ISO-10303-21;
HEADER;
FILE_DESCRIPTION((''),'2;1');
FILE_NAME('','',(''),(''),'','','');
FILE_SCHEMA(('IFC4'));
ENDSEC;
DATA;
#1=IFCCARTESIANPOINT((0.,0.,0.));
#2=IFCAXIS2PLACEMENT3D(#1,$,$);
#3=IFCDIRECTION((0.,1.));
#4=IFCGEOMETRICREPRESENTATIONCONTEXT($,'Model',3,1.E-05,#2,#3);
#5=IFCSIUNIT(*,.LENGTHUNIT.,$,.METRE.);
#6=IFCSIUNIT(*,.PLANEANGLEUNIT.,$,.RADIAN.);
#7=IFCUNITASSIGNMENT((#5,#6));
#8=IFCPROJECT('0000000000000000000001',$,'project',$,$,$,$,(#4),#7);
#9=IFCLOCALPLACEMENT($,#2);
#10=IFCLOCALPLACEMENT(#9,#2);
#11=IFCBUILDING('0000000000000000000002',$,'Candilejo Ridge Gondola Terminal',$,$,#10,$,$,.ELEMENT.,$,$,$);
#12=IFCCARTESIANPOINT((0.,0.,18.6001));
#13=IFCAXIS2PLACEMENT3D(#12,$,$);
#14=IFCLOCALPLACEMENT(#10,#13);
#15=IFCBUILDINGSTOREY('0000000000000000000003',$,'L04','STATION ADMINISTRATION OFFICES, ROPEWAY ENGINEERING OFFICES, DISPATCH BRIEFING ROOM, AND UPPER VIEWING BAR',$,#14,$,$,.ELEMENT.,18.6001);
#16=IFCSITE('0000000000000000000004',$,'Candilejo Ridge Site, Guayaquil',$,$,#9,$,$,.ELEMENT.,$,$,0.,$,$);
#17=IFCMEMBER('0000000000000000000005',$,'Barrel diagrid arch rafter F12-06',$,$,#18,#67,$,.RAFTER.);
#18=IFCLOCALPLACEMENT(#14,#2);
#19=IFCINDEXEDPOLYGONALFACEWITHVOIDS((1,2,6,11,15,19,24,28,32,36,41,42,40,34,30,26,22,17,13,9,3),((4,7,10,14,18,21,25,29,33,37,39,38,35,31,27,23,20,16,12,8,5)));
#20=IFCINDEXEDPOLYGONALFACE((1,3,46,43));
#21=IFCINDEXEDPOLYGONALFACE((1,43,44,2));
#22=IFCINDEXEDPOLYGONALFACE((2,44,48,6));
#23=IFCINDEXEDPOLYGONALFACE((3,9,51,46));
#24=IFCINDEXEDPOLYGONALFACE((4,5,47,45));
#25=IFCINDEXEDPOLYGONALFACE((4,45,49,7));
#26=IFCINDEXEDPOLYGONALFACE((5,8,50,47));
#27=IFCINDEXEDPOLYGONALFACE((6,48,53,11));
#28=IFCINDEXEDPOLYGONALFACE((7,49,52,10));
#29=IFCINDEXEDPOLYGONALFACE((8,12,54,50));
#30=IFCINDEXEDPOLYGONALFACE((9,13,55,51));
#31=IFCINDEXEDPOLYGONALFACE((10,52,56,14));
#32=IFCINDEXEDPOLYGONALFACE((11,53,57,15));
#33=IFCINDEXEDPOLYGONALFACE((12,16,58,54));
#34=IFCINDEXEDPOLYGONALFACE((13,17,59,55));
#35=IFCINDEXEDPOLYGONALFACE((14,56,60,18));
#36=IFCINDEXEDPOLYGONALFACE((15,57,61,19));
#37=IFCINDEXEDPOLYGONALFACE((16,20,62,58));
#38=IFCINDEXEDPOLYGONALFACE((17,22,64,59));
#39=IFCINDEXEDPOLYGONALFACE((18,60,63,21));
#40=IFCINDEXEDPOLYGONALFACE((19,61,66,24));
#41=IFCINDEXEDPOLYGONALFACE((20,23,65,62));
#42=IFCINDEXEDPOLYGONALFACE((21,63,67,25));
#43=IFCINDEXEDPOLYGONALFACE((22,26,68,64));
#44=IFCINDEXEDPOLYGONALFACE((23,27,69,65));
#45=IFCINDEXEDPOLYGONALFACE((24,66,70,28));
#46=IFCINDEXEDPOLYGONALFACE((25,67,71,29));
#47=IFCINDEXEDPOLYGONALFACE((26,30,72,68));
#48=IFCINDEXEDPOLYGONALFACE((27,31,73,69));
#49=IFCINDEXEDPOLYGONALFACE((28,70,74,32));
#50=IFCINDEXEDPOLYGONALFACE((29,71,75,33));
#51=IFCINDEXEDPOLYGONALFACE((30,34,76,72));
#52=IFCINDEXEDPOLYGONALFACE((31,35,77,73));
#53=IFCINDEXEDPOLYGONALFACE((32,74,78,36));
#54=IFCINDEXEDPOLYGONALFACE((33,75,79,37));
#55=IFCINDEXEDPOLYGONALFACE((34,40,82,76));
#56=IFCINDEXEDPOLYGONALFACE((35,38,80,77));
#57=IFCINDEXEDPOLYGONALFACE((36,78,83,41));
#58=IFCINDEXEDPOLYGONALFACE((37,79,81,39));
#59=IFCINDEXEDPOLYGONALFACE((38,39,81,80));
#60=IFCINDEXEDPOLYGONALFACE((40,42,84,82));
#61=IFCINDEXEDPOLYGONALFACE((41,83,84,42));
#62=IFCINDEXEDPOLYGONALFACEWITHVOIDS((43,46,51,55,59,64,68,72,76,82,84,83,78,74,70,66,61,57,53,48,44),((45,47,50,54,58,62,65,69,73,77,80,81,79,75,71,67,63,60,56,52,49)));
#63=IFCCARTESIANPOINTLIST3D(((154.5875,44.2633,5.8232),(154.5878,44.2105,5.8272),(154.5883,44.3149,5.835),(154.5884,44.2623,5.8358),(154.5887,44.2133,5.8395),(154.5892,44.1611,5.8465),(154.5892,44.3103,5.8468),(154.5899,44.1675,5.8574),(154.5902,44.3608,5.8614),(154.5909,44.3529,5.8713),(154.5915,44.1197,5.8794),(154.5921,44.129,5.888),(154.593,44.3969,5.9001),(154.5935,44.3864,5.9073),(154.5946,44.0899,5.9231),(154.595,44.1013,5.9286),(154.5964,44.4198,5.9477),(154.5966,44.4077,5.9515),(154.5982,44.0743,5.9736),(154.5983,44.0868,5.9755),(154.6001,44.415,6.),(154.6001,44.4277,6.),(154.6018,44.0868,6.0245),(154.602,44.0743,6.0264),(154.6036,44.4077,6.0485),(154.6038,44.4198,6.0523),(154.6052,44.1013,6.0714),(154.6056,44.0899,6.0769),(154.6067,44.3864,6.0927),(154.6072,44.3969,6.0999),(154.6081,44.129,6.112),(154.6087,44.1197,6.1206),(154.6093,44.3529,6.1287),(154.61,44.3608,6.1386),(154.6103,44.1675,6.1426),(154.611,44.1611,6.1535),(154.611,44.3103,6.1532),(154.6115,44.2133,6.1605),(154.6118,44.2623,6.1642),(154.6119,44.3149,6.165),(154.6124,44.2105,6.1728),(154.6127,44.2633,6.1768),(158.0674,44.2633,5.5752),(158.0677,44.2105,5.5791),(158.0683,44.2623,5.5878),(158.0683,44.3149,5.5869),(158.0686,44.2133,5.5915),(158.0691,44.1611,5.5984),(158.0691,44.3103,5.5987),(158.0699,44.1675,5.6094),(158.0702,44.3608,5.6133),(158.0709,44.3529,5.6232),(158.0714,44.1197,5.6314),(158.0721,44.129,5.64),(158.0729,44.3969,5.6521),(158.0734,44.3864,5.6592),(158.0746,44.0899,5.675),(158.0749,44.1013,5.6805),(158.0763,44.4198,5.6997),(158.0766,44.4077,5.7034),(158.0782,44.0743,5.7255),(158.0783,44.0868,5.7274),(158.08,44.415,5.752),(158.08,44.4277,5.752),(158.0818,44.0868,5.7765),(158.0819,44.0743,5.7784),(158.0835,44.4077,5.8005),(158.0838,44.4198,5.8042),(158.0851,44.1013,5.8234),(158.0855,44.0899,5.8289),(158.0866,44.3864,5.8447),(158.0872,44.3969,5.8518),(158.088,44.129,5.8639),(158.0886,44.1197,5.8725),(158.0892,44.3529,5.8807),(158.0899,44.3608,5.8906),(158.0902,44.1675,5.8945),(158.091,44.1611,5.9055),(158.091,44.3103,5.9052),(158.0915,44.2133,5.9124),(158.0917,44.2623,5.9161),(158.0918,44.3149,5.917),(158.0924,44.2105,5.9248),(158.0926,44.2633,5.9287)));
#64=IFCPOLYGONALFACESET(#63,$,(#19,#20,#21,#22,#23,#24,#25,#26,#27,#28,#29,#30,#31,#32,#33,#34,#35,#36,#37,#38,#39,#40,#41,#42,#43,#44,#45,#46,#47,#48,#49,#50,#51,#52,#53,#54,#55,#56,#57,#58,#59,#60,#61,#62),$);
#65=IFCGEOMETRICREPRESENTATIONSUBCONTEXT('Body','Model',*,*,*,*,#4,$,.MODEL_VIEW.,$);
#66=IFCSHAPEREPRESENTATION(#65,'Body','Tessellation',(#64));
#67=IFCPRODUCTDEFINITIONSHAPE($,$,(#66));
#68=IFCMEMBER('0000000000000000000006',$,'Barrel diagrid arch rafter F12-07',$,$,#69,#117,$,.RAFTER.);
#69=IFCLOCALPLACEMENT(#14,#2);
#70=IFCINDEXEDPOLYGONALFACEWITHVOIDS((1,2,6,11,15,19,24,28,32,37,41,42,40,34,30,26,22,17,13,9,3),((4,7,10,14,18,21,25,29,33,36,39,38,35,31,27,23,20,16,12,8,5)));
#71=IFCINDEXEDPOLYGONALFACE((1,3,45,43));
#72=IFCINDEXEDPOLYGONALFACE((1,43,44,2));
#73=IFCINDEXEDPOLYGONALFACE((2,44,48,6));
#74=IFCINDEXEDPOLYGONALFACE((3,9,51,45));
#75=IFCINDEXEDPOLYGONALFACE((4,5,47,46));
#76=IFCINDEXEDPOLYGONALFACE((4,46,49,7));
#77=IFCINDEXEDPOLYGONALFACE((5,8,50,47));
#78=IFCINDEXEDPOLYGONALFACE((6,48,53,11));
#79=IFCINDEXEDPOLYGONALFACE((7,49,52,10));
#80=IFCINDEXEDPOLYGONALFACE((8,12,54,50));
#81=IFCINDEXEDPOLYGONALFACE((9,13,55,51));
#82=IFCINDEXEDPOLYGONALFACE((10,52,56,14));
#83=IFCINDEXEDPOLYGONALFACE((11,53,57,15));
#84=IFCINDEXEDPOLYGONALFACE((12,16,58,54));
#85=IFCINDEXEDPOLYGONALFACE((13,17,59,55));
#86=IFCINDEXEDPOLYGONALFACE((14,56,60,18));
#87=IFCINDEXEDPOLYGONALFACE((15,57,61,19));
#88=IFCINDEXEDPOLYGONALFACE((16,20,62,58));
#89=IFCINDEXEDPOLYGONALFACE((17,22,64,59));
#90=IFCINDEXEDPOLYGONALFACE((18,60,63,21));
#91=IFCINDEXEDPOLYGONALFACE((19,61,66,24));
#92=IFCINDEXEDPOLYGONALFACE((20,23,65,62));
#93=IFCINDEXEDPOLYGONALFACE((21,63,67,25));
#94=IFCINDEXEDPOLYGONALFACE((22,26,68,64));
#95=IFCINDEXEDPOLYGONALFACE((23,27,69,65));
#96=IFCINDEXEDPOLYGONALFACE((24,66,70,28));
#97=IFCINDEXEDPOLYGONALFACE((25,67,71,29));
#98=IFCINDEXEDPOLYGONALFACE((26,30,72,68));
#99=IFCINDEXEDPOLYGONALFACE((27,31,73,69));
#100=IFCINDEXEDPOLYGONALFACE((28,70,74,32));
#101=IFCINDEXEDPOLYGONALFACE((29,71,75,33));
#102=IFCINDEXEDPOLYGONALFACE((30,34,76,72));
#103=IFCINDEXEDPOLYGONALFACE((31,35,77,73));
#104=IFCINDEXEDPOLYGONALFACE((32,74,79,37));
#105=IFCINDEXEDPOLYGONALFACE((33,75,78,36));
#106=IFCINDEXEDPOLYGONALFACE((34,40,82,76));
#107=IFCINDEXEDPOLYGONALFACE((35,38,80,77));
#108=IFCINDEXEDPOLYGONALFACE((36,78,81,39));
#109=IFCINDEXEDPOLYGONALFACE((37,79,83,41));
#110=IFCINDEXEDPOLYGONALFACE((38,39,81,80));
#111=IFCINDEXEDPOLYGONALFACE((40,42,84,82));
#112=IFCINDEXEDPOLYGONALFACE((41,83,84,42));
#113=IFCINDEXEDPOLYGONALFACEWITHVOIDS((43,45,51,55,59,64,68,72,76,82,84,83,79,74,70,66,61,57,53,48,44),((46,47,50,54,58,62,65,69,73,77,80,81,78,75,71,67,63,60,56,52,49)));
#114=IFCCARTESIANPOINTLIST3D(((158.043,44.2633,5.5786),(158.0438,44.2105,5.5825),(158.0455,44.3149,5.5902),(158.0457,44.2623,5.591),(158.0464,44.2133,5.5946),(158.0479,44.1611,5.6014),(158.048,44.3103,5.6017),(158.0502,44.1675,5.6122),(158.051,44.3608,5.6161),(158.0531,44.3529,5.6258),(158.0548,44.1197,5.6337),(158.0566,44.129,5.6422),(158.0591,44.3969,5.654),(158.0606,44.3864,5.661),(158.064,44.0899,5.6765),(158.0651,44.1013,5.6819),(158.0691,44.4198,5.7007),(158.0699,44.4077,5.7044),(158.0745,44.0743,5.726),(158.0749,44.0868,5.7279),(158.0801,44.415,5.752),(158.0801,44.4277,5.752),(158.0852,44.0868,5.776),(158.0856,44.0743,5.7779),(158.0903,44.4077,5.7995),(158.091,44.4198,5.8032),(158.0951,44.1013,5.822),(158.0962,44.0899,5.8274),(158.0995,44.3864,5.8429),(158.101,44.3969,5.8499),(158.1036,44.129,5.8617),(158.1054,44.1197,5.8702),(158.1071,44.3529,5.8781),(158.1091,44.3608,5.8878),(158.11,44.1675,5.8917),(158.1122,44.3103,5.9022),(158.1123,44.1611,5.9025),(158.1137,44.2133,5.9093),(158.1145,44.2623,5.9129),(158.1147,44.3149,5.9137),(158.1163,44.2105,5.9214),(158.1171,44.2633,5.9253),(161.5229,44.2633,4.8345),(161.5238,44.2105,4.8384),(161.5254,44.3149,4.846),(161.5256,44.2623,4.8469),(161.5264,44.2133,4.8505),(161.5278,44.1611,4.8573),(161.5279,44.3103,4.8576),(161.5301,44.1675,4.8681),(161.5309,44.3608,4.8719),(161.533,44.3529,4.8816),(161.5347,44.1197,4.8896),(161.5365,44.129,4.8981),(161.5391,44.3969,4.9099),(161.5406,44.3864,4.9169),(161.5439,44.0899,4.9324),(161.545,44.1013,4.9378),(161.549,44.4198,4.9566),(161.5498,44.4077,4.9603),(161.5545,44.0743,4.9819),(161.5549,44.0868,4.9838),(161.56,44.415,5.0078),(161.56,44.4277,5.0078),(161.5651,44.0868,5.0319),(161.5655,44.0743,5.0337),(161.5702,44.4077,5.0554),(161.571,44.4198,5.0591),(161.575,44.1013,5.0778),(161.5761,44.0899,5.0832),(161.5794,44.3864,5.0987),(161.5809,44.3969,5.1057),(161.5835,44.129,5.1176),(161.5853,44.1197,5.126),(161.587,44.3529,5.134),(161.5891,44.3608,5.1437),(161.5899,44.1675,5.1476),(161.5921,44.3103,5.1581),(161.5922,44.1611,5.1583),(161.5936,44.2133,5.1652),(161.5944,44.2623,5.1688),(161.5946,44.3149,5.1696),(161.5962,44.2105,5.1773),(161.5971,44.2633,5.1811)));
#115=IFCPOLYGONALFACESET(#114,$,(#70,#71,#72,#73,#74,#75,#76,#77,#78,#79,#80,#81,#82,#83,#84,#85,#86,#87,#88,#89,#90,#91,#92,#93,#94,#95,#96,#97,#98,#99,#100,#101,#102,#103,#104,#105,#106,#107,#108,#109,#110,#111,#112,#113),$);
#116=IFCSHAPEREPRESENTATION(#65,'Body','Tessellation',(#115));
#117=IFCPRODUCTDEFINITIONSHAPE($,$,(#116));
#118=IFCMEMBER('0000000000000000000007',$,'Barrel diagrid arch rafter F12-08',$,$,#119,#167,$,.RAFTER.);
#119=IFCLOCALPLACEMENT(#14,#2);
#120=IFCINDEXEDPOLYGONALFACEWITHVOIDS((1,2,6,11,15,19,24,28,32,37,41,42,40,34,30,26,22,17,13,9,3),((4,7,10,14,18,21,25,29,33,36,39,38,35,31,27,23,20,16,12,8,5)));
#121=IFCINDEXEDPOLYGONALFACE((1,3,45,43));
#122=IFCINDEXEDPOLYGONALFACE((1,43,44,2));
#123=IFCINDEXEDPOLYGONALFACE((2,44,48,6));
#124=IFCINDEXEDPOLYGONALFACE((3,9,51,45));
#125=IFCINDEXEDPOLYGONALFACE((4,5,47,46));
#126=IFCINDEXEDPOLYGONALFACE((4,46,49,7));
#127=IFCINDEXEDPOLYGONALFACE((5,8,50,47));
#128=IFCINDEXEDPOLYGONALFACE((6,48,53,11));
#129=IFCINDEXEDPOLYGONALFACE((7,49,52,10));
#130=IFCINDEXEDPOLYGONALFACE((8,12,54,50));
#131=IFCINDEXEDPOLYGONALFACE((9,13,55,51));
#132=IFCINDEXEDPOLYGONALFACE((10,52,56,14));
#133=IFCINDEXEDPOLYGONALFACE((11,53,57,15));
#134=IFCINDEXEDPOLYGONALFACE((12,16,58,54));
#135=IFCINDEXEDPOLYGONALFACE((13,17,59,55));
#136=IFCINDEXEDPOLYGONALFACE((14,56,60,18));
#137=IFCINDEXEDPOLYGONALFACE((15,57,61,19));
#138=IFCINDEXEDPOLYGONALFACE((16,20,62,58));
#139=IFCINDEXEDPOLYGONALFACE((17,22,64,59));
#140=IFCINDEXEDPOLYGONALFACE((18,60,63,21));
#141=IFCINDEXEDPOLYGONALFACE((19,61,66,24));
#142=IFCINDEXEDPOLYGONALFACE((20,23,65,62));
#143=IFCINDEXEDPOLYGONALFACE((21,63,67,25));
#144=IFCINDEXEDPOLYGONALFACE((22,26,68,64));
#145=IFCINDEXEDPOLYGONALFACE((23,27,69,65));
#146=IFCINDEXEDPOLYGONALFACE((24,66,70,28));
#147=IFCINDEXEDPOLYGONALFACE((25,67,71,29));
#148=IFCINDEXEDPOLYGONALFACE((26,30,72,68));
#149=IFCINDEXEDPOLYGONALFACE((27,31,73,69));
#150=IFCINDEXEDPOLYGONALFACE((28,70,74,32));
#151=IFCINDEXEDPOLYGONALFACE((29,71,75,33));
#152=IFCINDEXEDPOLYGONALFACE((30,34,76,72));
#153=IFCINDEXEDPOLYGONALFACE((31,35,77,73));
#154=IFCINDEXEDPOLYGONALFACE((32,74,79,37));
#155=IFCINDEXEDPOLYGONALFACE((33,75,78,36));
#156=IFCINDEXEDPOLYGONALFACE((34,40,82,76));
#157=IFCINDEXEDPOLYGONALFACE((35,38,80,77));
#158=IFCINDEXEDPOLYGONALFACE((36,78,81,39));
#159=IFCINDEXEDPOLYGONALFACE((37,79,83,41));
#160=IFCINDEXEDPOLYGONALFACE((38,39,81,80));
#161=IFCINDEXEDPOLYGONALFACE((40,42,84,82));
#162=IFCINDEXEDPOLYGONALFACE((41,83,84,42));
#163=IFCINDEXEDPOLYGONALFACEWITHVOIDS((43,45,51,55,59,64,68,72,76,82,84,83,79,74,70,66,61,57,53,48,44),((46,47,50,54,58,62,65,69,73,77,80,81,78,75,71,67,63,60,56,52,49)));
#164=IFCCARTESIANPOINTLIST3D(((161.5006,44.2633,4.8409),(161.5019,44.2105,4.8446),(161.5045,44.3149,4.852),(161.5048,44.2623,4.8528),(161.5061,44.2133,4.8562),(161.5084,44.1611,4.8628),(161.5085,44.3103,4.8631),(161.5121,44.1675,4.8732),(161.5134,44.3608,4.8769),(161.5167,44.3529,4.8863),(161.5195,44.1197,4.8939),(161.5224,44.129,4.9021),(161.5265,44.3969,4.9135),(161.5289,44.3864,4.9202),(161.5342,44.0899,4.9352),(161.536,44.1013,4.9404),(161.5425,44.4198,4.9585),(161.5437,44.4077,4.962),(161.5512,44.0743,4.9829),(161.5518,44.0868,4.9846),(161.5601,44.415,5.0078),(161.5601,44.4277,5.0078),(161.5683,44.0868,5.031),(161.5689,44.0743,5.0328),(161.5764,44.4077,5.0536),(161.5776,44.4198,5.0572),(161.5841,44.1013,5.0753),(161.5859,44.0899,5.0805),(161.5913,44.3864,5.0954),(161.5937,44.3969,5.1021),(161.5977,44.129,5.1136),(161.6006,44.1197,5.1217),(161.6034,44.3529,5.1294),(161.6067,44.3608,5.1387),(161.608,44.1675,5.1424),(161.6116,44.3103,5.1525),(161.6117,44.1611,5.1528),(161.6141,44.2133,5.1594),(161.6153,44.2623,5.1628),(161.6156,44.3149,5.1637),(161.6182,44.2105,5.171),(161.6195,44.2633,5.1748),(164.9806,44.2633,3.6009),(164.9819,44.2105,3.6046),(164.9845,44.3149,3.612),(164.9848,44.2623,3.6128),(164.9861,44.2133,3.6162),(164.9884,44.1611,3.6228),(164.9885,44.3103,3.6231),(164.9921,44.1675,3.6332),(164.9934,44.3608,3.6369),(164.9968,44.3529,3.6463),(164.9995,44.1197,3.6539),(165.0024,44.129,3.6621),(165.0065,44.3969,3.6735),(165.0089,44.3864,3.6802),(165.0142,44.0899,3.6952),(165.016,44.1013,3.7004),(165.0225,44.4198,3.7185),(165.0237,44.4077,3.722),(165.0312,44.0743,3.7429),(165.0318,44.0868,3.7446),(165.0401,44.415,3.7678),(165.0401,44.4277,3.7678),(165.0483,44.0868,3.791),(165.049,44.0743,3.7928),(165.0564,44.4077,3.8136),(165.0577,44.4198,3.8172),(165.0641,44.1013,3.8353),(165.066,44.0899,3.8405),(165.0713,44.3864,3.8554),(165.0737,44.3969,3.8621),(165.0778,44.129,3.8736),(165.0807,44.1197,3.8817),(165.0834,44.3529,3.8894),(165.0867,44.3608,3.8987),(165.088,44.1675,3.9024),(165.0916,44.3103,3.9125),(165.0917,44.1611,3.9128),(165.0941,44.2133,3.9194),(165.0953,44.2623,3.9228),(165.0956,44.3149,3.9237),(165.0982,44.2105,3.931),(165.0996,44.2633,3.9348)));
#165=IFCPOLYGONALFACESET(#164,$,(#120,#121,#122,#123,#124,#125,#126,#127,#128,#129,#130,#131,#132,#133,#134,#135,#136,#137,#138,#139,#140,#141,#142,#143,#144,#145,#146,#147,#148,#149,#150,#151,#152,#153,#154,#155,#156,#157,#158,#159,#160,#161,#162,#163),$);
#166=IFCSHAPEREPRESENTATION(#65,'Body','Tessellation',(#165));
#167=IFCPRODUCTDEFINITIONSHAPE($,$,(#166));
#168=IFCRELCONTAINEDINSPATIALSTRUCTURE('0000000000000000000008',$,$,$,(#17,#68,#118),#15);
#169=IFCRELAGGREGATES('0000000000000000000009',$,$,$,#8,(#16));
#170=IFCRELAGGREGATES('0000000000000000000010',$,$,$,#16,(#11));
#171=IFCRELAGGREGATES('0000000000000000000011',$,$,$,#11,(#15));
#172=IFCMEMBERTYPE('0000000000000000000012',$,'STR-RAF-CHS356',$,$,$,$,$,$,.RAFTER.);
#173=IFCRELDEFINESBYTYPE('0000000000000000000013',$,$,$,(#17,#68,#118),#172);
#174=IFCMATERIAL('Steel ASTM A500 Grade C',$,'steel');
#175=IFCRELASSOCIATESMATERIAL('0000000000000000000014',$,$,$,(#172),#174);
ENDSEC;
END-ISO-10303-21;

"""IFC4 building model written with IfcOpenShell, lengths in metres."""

from ifc_helpers import new_model, si_unit, direction, frame, origin, origin_2d, place, context, subcontext, project, spatial, hollow_circle, extrude, material, material_profile, profile_set, type_object, element, save


model = new_model("IFC4")

# Units and contexts
model_context = context("Model", 3, precision=1e-05, world=origin(), true_north=direction((0.0, 1.0)))
body_context = subcontext(model_context, "Body", "Model", "MODEL_VIEW")
ifc_project = project(units=[si_unit("LENGTHUNIT", "METRE"), si_unit("PLANEANGLEUNIT", "RADIAN")], contexts=[model_context])

# Site, building, storey
site_placement = place(None, origin())
site = spatial("IfcSite", under=ifc_project, at=site_placement, Name="Candilejo Ridge Site, Guayaquil", CompositionType="ELEMENT", RefElevation=0.0)
building_placement = place(site_placement, origin())
building = spatial("IfcBuilding", under=site, at=building_placement, Name="Candilejo Ridge Gondola Terminal", CompositionType="ELEMENT")
storey_placement = place(building_placement, frame((0.0, 0.0, 18.6001)))
storey = spatial("IfcBuildingStorey", under=building, at=storey_placement, Name="L04", Description="STATION ADMINISTRATION OFFICES, ROPEWAY ENGINEERING OFFICES, DISPATCH BRIEFING ROOM, AND UPPER VIEWING BAR", CompositionType="ELEMENT", Elevation=18.6001)

# Members
ifc_material_1 = material(Name="Steel ASTM A500 Grade C", Category="steel")
ifc_material_profile_1 = material_profile(ifc_material_1, hollow_circle(Radius=0.1777, WallThickness=0.0127, at=origin_2d()))
ifc_profile_set_1 = profile_set([ifc_material_profile_1], Name="Steel ASTM A500 Grade C")
member_type_1 = type_object("IfcMemberType", Name="STR-RAF-CHS356", PredefinedType="RAFTER", material=ifc_profile_set_1)
for number, where, z_axis, x_axis, name in (
    (1, (154.6001, 44.25, 6.0), (0.997469, 0.0, -0.071098), (0.0, 1.0, 0.0), "Barrel diagrid arch rafter F12-06"),
):
    element("IfcMember", number, at=place(storey_placement, frame(where, z_axis=z_axis, x_axis=x_axis)), inside=storey, type_object=member_type_1, Name=name, PredefinedType="RAFTER", context=body_context, shape_type="SweptSolid", body=[
        extrude(hollow_circle(Radius=0.1777, WallThickness=0.0127, at=origin_2d()), origin(), (0.0, 0.0, 1.0), 3.4888),
    ])
member_1_placement = place(storey_placement, frame((158.0801, 44.25, 5.752), z_axis=(0.977893, 0.0, -0.209107), x_axis=(0.0, 1.0, 0.0)))
element("IfcMember", 2, at=member_1_placement, inside=storey, type_object=member_type_1, Name="Barrel diagrid arch rafter F12-07", PredefinedType="RAFTER", context=body_context, shape_type="SweptSolid", body=[
    extrude(hollow_circle(Radius=0.1777, WallThickness=0.0127, at=origin_2d()), origin(), (0.0, 0.0, 1.0), 3.5586),
])
member_2_placement = place(storey_placement, frame((161.5601, 44.25, 5.0078), z_axis=(0.941987, 0.0, -0.33565), x_axis=(0.0, 1.0, 0.0)))
element("IfcMember", 3, at=member_2_placement, inside=storey, type_object=member_type_1, Name="Barrel diagrid arch rafter F12-08", PredefinedType="RAFTER", context=body_context, shape_type="SweptSolid", body=[
    extrude(hollow_circle(Radius=0.1777, WallThickness=0.0127, at=origin_2d()), origin(), (0.0, 0.0, 1.0), 3.6943),
])

save(model, "model.ifc")
